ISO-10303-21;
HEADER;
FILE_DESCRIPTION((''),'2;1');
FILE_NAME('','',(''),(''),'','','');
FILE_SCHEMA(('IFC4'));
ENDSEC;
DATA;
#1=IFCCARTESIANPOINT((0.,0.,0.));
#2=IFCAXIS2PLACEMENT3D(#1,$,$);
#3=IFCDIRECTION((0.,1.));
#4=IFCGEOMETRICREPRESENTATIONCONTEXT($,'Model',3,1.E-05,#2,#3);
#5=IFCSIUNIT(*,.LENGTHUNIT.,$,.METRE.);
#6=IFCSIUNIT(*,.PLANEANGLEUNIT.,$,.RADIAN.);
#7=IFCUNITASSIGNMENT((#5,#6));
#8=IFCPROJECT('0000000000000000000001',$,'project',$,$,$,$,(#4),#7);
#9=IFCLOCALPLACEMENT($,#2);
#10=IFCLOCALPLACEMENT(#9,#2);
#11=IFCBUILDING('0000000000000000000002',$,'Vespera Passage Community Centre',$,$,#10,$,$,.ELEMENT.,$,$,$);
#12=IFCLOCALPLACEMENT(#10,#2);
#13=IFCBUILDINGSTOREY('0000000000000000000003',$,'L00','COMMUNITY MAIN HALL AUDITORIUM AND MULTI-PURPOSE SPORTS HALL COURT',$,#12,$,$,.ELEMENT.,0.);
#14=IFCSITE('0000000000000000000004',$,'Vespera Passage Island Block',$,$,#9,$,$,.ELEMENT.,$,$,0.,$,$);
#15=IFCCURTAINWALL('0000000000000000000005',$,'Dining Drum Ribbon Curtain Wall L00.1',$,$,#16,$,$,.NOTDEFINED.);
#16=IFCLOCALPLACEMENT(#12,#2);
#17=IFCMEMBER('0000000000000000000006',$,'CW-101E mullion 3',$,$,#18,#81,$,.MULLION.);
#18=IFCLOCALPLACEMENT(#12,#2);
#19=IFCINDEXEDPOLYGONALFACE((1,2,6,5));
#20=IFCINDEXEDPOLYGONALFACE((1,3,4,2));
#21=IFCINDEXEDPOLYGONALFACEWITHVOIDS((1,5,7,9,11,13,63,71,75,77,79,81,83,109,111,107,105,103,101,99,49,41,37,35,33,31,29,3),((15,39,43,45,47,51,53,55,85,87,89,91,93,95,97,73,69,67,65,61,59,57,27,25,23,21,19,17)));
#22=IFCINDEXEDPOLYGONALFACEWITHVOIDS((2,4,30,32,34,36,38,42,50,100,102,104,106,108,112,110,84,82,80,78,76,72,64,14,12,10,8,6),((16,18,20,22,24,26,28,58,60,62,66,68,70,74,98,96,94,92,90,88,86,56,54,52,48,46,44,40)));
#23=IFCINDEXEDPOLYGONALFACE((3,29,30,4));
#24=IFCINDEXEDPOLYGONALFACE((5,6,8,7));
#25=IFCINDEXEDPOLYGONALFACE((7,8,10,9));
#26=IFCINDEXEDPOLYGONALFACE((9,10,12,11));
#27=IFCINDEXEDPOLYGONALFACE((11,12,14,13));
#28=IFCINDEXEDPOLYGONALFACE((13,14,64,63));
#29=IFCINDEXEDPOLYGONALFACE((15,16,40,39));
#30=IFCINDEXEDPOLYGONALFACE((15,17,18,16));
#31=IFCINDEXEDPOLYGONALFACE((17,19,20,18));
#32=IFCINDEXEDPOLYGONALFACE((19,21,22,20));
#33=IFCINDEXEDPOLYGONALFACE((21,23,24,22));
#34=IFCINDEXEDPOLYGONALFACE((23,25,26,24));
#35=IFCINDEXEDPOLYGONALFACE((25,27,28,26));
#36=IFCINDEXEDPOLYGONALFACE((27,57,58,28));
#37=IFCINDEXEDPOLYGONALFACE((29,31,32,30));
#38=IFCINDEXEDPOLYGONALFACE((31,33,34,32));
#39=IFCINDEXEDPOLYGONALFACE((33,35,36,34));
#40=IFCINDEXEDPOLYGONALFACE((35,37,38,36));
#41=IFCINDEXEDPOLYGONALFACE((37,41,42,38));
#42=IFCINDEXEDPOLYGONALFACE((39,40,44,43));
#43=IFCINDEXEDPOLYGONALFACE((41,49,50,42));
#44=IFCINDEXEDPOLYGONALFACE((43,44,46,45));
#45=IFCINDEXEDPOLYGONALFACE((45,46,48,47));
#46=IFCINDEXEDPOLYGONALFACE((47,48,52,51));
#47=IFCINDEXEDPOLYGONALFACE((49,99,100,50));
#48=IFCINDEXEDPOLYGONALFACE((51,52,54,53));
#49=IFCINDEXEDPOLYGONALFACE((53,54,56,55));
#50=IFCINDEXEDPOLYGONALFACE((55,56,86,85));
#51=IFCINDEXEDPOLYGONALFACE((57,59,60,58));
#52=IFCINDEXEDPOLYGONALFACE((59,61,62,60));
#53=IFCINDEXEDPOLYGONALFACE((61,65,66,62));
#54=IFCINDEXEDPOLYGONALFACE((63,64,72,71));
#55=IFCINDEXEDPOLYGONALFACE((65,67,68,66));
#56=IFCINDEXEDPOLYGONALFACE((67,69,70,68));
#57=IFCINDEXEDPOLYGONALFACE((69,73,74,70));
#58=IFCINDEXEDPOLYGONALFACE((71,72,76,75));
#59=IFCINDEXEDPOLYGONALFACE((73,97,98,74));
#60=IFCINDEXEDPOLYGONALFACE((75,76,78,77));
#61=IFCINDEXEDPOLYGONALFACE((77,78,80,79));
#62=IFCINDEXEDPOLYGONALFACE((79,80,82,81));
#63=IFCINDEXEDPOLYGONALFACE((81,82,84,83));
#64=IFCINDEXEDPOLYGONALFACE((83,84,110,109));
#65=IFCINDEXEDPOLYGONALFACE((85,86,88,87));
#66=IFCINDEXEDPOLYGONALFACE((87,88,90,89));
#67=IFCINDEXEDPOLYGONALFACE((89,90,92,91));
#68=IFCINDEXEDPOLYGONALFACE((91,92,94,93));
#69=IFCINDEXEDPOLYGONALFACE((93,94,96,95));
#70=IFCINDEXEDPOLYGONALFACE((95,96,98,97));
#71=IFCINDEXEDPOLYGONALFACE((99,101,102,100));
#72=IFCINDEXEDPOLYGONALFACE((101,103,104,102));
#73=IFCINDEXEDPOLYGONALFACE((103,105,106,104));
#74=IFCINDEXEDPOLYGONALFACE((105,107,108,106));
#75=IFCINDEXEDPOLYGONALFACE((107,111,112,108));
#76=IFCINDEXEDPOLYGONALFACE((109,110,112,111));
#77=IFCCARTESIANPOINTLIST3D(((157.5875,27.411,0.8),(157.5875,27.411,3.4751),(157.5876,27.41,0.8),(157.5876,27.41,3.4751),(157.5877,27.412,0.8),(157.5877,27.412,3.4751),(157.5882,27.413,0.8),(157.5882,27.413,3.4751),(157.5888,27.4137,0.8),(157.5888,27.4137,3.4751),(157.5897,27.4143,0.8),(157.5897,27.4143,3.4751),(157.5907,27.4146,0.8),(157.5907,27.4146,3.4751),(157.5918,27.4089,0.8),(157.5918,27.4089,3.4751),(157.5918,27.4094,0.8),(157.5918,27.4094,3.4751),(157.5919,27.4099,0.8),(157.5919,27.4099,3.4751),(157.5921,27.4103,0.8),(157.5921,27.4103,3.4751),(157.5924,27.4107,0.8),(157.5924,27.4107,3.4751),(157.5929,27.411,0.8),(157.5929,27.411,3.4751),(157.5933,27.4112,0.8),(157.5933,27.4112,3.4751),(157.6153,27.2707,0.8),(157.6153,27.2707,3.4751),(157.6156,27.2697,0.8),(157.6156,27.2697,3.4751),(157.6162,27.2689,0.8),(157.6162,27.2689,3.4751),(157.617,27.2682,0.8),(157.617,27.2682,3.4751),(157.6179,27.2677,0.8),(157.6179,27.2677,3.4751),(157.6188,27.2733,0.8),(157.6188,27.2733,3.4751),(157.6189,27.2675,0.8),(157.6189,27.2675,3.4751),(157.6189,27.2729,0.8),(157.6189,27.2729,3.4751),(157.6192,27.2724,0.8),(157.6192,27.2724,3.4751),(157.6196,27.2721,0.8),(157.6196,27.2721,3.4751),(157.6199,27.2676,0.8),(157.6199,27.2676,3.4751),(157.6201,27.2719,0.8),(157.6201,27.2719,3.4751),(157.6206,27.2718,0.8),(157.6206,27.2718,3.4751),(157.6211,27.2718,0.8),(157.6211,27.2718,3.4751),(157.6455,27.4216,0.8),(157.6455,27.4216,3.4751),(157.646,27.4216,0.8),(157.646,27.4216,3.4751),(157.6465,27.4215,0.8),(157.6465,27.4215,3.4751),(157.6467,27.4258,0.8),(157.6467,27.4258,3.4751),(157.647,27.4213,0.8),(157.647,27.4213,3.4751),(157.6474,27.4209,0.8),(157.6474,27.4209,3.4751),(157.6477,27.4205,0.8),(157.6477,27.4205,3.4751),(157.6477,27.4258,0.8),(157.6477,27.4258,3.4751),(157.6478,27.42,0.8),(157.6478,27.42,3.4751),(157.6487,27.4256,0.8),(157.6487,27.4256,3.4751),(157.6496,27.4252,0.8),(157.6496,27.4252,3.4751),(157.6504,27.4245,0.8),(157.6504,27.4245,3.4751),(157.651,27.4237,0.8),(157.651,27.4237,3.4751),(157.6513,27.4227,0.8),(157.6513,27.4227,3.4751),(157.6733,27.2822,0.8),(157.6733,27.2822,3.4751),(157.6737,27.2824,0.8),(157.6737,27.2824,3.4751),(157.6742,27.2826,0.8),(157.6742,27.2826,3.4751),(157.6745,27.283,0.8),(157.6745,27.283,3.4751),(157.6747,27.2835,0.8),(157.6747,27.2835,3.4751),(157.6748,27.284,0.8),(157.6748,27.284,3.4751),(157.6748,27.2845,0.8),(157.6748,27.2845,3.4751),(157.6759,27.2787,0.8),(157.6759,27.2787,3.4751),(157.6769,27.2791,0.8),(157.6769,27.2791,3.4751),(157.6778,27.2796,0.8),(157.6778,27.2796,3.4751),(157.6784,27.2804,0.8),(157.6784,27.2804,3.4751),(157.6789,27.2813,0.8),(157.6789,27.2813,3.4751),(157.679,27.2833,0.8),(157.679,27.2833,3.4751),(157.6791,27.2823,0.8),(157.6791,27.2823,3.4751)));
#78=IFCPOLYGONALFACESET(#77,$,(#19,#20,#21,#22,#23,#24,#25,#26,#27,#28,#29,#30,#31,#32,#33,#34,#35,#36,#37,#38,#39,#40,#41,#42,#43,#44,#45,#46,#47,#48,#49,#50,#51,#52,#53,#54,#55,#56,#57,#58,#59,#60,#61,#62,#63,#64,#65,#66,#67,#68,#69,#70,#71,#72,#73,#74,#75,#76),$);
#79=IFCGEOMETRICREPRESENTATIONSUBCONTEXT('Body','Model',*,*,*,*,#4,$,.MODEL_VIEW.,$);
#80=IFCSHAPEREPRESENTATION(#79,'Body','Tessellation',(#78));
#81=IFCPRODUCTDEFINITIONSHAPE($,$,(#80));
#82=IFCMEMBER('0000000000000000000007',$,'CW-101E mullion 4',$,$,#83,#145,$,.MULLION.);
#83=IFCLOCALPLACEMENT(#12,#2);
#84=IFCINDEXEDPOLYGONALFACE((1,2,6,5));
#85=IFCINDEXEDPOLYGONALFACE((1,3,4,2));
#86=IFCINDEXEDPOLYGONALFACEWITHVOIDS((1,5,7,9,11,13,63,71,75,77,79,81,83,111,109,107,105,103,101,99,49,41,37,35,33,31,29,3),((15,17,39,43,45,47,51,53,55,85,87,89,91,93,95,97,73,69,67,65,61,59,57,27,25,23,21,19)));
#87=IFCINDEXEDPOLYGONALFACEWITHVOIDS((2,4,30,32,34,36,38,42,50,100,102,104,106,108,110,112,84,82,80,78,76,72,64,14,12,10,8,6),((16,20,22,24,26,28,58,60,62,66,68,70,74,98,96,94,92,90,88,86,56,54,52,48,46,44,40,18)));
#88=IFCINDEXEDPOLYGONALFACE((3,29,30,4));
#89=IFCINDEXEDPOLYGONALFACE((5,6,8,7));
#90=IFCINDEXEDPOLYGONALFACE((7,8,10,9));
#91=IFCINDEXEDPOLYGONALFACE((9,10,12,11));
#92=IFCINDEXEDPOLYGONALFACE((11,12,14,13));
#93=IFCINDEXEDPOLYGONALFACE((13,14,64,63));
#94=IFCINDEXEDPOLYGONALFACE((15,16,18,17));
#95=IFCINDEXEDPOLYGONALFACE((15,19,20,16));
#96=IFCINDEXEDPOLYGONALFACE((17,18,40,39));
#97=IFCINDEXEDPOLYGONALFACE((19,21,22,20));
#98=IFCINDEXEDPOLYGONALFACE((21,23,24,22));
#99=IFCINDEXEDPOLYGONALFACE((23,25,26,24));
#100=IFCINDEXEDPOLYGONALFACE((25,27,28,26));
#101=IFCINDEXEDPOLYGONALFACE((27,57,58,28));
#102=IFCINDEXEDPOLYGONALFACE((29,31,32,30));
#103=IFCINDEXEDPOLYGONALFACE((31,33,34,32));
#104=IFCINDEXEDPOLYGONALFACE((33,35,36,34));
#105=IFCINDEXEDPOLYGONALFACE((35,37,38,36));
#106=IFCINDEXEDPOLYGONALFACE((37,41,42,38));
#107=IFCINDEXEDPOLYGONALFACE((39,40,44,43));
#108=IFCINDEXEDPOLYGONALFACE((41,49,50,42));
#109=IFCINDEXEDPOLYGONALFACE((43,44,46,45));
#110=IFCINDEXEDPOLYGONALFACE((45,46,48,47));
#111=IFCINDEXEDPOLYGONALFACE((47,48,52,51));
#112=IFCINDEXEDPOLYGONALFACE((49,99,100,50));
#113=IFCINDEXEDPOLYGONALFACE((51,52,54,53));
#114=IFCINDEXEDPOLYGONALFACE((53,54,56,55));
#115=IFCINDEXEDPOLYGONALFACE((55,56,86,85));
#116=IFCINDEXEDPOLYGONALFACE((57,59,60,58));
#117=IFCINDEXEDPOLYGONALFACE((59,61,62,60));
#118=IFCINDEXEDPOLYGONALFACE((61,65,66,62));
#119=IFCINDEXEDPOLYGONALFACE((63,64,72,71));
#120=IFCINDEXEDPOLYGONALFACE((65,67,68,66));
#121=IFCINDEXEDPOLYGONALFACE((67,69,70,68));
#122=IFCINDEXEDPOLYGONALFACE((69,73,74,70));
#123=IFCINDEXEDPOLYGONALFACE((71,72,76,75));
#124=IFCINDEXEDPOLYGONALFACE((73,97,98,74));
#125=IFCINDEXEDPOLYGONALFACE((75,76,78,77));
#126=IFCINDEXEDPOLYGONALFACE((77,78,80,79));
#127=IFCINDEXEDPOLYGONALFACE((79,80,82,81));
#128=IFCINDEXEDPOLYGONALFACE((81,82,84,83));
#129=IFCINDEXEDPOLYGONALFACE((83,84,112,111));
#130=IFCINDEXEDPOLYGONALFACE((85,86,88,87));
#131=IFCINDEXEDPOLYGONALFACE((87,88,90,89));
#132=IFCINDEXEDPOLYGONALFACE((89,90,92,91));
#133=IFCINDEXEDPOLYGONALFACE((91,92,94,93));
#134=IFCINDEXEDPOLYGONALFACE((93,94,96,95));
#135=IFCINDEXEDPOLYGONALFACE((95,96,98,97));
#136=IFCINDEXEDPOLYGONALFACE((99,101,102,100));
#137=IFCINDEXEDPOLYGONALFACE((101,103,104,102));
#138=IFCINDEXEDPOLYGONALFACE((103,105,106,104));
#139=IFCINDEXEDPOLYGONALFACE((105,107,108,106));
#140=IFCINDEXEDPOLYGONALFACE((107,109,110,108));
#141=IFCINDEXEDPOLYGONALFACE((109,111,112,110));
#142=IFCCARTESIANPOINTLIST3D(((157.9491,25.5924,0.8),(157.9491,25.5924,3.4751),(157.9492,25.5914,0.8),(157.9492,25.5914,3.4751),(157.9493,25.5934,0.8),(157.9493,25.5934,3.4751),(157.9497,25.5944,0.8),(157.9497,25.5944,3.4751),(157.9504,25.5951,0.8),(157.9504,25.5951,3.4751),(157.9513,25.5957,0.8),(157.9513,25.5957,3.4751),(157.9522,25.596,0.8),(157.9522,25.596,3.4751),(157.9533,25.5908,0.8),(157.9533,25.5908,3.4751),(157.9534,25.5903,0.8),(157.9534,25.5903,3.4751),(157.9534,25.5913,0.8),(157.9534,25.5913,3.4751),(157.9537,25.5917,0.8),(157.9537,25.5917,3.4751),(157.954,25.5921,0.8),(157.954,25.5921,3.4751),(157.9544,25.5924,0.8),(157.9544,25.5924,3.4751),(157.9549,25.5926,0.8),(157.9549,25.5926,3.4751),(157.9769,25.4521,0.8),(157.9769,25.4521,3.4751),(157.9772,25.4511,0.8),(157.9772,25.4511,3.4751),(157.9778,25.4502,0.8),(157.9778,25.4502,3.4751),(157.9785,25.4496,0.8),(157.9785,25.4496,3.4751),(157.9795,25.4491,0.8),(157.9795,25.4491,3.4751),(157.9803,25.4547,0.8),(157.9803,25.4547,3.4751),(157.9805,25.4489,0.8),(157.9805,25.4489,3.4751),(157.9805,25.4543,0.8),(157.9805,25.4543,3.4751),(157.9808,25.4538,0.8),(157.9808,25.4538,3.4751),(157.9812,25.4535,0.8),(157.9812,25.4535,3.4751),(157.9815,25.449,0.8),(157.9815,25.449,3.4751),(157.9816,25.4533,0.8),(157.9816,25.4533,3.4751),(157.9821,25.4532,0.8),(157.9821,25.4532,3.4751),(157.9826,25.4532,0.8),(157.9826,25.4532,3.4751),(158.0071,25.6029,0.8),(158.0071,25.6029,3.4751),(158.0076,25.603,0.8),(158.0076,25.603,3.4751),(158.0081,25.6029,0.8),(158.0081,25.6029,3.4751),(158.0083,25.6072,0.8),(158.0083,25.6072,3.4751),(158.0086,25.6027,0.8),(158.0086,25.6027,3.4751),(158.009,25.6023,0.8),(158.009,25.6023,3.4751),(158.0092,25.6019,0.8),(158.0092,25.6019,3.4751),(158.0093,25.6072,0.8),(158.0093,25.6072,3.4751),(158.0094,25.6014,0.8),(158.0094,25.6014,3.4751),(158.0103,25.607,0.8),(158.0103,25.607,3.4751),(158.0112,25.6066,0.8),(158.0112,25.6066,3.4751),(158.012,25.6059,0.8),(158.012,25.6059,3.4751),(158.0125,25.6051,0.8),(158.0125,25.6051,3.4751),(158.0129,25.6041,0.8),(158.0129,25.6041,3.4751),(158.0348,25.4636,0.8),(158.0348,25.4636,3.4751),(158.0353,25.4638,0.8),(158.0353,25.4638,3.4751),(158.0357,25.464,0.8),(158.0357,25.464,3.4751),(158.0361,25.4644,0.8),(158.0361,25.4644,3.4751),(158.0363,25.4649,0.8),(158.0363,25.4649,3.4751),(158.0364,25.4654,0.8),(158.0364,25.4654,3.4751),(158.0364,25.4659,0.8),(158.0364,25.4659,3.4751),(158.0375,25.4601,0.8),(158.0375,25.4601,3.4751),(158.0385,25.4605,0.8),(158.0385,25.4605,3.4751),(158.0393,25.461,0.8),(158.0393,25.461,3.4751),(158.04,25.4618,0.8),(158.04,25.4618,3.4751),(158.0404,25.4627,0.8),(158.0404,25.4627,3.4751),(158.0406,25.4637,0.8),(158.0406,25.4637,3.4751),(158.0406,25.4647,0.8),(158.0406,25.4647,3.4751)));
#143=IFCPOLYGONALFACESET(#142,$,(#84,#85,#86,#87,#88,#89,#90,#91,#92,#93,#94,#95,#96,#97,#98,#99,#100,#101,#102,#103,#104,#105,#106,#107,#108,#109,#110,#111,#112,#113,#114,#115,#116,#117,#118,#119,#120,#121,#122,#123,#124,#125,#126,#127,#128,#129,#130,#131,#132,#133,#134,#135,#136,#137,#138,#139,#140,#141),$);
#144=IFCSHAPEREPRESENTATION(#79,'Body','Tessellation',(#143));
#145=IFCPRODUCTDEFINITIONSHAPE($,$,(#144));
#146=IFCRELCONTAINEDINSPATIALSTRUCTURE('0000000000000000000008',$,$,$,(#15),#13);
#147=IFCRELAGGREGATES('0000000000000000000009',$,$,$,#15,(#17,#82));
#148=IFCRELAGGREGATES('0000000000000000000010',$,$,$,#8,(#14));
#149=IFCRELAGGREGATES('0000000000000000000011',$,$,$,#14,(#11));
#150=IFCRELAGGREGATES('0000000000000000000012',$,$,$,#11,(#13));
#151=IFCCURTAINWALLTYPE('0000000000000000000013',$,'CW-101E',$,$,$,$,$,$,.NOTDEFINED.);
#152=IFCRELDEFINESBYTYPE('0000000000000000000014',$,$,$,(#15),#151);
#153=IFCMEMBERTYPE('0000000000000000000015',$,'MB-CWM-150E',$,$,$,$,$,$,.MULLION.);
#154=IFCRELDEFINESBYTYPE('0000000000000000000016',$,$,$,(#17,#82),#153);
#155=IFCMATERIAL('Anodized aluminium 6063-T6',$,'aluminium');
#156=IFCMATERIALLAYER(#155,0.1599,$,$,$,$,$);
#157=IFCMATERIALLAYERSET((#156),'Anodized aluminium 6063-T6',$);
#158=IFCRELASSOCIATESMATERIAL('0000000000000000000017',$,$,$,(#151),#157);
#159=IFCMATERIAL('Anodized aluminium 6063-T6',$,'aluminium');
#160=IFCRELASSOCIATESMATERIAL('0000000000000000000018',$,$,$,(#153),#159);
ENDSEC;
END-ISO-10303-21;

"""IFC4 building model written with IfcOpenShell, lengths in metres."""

from ifc_helpers import new_model, si_unit, direction, frame, origin, origin_2d, place, context, subcontext, project, spatial, hollow_rectangle, extrude, material, layer, layer_set, material_profile, profile_set, type_object, element, aggregate, save


model = new_model("IFC4")

# Units and contexts
model_context = context("Model", 3, precision=1e-05, world=origin(), true_north=direction((0.0, 1.0)))
body_context = subcontext(model_context, "Body", "Model", "MODEL_VIEW")
ifc_project = project(units=[si_unit("LENGTHUNIT", "METRE"), si_unit("PLANEANGLEUNIT", "RADIAN")], contexts=[model_context])

# Site, building, storey
site_placement = place(None, origin())
site = spatial("IfcSite", under=ifc_project, at=site_placement, Name="Vespera Passage Island Block", CompositionType="ELEMENT", RefElevation=0.0)
building_placement = place(site_placement, origin())
building = spatial("IfcBuilding", under=site, at=building_placement, Name="Vespera Passage Community Centre", CompositionType="ELEMENT")
storey_placement = place(building_placement, origin())
storey = spatial("IfcBuildingStorey", under=building, at=storey_placement, Name="L00", Description="COMMUNITY MAIN HALL AUDITORIUM AND MULTI-PURPOSE SPORTS HALL COURT", CompositionType="ELEMENT", Elevation=0.0)

# Curtain wall, members
ifc_material_1 = material(Name="Anodized aluminium 6063-T6", Category="aluminium")
ifc_layer_1 = layer(ifc_material_1, 0.1599)
ifc_layer_set_1 = layer_set([ifc_layer_1], Name="Anodized aluminium 6063-T6")
curtain_wall_type_1 = type_object("IfcCurtainWallType", Name="CW-101E", PredefinedType="NOTDEFINED", material=ifc_layer_set_1)
curtain_wall_1_placement = place(storey_placement, origin())
curtain_wall_1 = element("IfcCurtainWall", 1, at=curtain_wall_1_placement, inside=storey, type_object=curtain_wall_type_1, Name="Dining Drum Ribbon Curtain Wall L00.1", PredefinedType="NOTDEFINED")
ifc_material_2 = material(Name="Anodized aluminium 6063-T6", Category="aluminium")
ifc_material_profile_1 = material_profile(ifc_material_2, hollow_rectangle(XDim=0.0649, YDim=0.1499, WallThickness=0.0039, InnerFilletRadius=0.002, OuterFilletRadius=0.0039, at=origin_2d()), Name="ALU150X65X4")
ifc_profile_set_1 = profile_set([ifc_material_profile_1], Name="Anodized aluminium 6063-T6")
member_type_1 = type_object("IfcMemberType", Name="MB-CWM-150E", PredefinedType="MULLION", material=ifc_profile_set_1)
member_1_placement = place(storey_placement, frame((157.6333, 27.3467, 0.8), z_axis=(0.0, 0.0, 1.0), x_axis=(0.980784, 0.195097, 0.0)))
member_1 = element("IfcMember", 2, at=member_1_placement, type_object=member_type_1, Name="CW-101E mullion 3", PredefinedType="MULLION", context=body_context, shape_type="SweptSolid", body=[
    extrude(hollow_rectangle(XDim=0.0649, YDim=0.1499, WallThickness=0.0039, InnerFilletRadius=0.002, OuterFilletRadius=0.0039, at=origin_2d()), origin(), (0.0, 0.0, 1.0), 2.675),
])
member_2_placement = place(storey_placement, frame((157.9949, 25.5281, 0.8), z_axis=(0.0, 0.0, 1.0), x_axis=(0.980784, 0.195097, 0.0)))
member_2 = element("IfcMember", 3, at=member_2_placement, type_object=member_type_1, Name="CW-101E mullion 4", PredefinedType="MULLION", context=body_context, shape_type="SweptSolid", body=[
    extrude(hollow_rectangle(XDim=0.0649, YDim=0.1499, WallThickness=0.0039, InnerFilletRadius=0.002, OuterFilletRadius=0.0039, at=origin_2d()), origin(), (0.0, 0.0, 1.0), 2.675),
])

aggregate(curtain_wall_1, [member_1, member_2])

save(model, "model.ifc")
